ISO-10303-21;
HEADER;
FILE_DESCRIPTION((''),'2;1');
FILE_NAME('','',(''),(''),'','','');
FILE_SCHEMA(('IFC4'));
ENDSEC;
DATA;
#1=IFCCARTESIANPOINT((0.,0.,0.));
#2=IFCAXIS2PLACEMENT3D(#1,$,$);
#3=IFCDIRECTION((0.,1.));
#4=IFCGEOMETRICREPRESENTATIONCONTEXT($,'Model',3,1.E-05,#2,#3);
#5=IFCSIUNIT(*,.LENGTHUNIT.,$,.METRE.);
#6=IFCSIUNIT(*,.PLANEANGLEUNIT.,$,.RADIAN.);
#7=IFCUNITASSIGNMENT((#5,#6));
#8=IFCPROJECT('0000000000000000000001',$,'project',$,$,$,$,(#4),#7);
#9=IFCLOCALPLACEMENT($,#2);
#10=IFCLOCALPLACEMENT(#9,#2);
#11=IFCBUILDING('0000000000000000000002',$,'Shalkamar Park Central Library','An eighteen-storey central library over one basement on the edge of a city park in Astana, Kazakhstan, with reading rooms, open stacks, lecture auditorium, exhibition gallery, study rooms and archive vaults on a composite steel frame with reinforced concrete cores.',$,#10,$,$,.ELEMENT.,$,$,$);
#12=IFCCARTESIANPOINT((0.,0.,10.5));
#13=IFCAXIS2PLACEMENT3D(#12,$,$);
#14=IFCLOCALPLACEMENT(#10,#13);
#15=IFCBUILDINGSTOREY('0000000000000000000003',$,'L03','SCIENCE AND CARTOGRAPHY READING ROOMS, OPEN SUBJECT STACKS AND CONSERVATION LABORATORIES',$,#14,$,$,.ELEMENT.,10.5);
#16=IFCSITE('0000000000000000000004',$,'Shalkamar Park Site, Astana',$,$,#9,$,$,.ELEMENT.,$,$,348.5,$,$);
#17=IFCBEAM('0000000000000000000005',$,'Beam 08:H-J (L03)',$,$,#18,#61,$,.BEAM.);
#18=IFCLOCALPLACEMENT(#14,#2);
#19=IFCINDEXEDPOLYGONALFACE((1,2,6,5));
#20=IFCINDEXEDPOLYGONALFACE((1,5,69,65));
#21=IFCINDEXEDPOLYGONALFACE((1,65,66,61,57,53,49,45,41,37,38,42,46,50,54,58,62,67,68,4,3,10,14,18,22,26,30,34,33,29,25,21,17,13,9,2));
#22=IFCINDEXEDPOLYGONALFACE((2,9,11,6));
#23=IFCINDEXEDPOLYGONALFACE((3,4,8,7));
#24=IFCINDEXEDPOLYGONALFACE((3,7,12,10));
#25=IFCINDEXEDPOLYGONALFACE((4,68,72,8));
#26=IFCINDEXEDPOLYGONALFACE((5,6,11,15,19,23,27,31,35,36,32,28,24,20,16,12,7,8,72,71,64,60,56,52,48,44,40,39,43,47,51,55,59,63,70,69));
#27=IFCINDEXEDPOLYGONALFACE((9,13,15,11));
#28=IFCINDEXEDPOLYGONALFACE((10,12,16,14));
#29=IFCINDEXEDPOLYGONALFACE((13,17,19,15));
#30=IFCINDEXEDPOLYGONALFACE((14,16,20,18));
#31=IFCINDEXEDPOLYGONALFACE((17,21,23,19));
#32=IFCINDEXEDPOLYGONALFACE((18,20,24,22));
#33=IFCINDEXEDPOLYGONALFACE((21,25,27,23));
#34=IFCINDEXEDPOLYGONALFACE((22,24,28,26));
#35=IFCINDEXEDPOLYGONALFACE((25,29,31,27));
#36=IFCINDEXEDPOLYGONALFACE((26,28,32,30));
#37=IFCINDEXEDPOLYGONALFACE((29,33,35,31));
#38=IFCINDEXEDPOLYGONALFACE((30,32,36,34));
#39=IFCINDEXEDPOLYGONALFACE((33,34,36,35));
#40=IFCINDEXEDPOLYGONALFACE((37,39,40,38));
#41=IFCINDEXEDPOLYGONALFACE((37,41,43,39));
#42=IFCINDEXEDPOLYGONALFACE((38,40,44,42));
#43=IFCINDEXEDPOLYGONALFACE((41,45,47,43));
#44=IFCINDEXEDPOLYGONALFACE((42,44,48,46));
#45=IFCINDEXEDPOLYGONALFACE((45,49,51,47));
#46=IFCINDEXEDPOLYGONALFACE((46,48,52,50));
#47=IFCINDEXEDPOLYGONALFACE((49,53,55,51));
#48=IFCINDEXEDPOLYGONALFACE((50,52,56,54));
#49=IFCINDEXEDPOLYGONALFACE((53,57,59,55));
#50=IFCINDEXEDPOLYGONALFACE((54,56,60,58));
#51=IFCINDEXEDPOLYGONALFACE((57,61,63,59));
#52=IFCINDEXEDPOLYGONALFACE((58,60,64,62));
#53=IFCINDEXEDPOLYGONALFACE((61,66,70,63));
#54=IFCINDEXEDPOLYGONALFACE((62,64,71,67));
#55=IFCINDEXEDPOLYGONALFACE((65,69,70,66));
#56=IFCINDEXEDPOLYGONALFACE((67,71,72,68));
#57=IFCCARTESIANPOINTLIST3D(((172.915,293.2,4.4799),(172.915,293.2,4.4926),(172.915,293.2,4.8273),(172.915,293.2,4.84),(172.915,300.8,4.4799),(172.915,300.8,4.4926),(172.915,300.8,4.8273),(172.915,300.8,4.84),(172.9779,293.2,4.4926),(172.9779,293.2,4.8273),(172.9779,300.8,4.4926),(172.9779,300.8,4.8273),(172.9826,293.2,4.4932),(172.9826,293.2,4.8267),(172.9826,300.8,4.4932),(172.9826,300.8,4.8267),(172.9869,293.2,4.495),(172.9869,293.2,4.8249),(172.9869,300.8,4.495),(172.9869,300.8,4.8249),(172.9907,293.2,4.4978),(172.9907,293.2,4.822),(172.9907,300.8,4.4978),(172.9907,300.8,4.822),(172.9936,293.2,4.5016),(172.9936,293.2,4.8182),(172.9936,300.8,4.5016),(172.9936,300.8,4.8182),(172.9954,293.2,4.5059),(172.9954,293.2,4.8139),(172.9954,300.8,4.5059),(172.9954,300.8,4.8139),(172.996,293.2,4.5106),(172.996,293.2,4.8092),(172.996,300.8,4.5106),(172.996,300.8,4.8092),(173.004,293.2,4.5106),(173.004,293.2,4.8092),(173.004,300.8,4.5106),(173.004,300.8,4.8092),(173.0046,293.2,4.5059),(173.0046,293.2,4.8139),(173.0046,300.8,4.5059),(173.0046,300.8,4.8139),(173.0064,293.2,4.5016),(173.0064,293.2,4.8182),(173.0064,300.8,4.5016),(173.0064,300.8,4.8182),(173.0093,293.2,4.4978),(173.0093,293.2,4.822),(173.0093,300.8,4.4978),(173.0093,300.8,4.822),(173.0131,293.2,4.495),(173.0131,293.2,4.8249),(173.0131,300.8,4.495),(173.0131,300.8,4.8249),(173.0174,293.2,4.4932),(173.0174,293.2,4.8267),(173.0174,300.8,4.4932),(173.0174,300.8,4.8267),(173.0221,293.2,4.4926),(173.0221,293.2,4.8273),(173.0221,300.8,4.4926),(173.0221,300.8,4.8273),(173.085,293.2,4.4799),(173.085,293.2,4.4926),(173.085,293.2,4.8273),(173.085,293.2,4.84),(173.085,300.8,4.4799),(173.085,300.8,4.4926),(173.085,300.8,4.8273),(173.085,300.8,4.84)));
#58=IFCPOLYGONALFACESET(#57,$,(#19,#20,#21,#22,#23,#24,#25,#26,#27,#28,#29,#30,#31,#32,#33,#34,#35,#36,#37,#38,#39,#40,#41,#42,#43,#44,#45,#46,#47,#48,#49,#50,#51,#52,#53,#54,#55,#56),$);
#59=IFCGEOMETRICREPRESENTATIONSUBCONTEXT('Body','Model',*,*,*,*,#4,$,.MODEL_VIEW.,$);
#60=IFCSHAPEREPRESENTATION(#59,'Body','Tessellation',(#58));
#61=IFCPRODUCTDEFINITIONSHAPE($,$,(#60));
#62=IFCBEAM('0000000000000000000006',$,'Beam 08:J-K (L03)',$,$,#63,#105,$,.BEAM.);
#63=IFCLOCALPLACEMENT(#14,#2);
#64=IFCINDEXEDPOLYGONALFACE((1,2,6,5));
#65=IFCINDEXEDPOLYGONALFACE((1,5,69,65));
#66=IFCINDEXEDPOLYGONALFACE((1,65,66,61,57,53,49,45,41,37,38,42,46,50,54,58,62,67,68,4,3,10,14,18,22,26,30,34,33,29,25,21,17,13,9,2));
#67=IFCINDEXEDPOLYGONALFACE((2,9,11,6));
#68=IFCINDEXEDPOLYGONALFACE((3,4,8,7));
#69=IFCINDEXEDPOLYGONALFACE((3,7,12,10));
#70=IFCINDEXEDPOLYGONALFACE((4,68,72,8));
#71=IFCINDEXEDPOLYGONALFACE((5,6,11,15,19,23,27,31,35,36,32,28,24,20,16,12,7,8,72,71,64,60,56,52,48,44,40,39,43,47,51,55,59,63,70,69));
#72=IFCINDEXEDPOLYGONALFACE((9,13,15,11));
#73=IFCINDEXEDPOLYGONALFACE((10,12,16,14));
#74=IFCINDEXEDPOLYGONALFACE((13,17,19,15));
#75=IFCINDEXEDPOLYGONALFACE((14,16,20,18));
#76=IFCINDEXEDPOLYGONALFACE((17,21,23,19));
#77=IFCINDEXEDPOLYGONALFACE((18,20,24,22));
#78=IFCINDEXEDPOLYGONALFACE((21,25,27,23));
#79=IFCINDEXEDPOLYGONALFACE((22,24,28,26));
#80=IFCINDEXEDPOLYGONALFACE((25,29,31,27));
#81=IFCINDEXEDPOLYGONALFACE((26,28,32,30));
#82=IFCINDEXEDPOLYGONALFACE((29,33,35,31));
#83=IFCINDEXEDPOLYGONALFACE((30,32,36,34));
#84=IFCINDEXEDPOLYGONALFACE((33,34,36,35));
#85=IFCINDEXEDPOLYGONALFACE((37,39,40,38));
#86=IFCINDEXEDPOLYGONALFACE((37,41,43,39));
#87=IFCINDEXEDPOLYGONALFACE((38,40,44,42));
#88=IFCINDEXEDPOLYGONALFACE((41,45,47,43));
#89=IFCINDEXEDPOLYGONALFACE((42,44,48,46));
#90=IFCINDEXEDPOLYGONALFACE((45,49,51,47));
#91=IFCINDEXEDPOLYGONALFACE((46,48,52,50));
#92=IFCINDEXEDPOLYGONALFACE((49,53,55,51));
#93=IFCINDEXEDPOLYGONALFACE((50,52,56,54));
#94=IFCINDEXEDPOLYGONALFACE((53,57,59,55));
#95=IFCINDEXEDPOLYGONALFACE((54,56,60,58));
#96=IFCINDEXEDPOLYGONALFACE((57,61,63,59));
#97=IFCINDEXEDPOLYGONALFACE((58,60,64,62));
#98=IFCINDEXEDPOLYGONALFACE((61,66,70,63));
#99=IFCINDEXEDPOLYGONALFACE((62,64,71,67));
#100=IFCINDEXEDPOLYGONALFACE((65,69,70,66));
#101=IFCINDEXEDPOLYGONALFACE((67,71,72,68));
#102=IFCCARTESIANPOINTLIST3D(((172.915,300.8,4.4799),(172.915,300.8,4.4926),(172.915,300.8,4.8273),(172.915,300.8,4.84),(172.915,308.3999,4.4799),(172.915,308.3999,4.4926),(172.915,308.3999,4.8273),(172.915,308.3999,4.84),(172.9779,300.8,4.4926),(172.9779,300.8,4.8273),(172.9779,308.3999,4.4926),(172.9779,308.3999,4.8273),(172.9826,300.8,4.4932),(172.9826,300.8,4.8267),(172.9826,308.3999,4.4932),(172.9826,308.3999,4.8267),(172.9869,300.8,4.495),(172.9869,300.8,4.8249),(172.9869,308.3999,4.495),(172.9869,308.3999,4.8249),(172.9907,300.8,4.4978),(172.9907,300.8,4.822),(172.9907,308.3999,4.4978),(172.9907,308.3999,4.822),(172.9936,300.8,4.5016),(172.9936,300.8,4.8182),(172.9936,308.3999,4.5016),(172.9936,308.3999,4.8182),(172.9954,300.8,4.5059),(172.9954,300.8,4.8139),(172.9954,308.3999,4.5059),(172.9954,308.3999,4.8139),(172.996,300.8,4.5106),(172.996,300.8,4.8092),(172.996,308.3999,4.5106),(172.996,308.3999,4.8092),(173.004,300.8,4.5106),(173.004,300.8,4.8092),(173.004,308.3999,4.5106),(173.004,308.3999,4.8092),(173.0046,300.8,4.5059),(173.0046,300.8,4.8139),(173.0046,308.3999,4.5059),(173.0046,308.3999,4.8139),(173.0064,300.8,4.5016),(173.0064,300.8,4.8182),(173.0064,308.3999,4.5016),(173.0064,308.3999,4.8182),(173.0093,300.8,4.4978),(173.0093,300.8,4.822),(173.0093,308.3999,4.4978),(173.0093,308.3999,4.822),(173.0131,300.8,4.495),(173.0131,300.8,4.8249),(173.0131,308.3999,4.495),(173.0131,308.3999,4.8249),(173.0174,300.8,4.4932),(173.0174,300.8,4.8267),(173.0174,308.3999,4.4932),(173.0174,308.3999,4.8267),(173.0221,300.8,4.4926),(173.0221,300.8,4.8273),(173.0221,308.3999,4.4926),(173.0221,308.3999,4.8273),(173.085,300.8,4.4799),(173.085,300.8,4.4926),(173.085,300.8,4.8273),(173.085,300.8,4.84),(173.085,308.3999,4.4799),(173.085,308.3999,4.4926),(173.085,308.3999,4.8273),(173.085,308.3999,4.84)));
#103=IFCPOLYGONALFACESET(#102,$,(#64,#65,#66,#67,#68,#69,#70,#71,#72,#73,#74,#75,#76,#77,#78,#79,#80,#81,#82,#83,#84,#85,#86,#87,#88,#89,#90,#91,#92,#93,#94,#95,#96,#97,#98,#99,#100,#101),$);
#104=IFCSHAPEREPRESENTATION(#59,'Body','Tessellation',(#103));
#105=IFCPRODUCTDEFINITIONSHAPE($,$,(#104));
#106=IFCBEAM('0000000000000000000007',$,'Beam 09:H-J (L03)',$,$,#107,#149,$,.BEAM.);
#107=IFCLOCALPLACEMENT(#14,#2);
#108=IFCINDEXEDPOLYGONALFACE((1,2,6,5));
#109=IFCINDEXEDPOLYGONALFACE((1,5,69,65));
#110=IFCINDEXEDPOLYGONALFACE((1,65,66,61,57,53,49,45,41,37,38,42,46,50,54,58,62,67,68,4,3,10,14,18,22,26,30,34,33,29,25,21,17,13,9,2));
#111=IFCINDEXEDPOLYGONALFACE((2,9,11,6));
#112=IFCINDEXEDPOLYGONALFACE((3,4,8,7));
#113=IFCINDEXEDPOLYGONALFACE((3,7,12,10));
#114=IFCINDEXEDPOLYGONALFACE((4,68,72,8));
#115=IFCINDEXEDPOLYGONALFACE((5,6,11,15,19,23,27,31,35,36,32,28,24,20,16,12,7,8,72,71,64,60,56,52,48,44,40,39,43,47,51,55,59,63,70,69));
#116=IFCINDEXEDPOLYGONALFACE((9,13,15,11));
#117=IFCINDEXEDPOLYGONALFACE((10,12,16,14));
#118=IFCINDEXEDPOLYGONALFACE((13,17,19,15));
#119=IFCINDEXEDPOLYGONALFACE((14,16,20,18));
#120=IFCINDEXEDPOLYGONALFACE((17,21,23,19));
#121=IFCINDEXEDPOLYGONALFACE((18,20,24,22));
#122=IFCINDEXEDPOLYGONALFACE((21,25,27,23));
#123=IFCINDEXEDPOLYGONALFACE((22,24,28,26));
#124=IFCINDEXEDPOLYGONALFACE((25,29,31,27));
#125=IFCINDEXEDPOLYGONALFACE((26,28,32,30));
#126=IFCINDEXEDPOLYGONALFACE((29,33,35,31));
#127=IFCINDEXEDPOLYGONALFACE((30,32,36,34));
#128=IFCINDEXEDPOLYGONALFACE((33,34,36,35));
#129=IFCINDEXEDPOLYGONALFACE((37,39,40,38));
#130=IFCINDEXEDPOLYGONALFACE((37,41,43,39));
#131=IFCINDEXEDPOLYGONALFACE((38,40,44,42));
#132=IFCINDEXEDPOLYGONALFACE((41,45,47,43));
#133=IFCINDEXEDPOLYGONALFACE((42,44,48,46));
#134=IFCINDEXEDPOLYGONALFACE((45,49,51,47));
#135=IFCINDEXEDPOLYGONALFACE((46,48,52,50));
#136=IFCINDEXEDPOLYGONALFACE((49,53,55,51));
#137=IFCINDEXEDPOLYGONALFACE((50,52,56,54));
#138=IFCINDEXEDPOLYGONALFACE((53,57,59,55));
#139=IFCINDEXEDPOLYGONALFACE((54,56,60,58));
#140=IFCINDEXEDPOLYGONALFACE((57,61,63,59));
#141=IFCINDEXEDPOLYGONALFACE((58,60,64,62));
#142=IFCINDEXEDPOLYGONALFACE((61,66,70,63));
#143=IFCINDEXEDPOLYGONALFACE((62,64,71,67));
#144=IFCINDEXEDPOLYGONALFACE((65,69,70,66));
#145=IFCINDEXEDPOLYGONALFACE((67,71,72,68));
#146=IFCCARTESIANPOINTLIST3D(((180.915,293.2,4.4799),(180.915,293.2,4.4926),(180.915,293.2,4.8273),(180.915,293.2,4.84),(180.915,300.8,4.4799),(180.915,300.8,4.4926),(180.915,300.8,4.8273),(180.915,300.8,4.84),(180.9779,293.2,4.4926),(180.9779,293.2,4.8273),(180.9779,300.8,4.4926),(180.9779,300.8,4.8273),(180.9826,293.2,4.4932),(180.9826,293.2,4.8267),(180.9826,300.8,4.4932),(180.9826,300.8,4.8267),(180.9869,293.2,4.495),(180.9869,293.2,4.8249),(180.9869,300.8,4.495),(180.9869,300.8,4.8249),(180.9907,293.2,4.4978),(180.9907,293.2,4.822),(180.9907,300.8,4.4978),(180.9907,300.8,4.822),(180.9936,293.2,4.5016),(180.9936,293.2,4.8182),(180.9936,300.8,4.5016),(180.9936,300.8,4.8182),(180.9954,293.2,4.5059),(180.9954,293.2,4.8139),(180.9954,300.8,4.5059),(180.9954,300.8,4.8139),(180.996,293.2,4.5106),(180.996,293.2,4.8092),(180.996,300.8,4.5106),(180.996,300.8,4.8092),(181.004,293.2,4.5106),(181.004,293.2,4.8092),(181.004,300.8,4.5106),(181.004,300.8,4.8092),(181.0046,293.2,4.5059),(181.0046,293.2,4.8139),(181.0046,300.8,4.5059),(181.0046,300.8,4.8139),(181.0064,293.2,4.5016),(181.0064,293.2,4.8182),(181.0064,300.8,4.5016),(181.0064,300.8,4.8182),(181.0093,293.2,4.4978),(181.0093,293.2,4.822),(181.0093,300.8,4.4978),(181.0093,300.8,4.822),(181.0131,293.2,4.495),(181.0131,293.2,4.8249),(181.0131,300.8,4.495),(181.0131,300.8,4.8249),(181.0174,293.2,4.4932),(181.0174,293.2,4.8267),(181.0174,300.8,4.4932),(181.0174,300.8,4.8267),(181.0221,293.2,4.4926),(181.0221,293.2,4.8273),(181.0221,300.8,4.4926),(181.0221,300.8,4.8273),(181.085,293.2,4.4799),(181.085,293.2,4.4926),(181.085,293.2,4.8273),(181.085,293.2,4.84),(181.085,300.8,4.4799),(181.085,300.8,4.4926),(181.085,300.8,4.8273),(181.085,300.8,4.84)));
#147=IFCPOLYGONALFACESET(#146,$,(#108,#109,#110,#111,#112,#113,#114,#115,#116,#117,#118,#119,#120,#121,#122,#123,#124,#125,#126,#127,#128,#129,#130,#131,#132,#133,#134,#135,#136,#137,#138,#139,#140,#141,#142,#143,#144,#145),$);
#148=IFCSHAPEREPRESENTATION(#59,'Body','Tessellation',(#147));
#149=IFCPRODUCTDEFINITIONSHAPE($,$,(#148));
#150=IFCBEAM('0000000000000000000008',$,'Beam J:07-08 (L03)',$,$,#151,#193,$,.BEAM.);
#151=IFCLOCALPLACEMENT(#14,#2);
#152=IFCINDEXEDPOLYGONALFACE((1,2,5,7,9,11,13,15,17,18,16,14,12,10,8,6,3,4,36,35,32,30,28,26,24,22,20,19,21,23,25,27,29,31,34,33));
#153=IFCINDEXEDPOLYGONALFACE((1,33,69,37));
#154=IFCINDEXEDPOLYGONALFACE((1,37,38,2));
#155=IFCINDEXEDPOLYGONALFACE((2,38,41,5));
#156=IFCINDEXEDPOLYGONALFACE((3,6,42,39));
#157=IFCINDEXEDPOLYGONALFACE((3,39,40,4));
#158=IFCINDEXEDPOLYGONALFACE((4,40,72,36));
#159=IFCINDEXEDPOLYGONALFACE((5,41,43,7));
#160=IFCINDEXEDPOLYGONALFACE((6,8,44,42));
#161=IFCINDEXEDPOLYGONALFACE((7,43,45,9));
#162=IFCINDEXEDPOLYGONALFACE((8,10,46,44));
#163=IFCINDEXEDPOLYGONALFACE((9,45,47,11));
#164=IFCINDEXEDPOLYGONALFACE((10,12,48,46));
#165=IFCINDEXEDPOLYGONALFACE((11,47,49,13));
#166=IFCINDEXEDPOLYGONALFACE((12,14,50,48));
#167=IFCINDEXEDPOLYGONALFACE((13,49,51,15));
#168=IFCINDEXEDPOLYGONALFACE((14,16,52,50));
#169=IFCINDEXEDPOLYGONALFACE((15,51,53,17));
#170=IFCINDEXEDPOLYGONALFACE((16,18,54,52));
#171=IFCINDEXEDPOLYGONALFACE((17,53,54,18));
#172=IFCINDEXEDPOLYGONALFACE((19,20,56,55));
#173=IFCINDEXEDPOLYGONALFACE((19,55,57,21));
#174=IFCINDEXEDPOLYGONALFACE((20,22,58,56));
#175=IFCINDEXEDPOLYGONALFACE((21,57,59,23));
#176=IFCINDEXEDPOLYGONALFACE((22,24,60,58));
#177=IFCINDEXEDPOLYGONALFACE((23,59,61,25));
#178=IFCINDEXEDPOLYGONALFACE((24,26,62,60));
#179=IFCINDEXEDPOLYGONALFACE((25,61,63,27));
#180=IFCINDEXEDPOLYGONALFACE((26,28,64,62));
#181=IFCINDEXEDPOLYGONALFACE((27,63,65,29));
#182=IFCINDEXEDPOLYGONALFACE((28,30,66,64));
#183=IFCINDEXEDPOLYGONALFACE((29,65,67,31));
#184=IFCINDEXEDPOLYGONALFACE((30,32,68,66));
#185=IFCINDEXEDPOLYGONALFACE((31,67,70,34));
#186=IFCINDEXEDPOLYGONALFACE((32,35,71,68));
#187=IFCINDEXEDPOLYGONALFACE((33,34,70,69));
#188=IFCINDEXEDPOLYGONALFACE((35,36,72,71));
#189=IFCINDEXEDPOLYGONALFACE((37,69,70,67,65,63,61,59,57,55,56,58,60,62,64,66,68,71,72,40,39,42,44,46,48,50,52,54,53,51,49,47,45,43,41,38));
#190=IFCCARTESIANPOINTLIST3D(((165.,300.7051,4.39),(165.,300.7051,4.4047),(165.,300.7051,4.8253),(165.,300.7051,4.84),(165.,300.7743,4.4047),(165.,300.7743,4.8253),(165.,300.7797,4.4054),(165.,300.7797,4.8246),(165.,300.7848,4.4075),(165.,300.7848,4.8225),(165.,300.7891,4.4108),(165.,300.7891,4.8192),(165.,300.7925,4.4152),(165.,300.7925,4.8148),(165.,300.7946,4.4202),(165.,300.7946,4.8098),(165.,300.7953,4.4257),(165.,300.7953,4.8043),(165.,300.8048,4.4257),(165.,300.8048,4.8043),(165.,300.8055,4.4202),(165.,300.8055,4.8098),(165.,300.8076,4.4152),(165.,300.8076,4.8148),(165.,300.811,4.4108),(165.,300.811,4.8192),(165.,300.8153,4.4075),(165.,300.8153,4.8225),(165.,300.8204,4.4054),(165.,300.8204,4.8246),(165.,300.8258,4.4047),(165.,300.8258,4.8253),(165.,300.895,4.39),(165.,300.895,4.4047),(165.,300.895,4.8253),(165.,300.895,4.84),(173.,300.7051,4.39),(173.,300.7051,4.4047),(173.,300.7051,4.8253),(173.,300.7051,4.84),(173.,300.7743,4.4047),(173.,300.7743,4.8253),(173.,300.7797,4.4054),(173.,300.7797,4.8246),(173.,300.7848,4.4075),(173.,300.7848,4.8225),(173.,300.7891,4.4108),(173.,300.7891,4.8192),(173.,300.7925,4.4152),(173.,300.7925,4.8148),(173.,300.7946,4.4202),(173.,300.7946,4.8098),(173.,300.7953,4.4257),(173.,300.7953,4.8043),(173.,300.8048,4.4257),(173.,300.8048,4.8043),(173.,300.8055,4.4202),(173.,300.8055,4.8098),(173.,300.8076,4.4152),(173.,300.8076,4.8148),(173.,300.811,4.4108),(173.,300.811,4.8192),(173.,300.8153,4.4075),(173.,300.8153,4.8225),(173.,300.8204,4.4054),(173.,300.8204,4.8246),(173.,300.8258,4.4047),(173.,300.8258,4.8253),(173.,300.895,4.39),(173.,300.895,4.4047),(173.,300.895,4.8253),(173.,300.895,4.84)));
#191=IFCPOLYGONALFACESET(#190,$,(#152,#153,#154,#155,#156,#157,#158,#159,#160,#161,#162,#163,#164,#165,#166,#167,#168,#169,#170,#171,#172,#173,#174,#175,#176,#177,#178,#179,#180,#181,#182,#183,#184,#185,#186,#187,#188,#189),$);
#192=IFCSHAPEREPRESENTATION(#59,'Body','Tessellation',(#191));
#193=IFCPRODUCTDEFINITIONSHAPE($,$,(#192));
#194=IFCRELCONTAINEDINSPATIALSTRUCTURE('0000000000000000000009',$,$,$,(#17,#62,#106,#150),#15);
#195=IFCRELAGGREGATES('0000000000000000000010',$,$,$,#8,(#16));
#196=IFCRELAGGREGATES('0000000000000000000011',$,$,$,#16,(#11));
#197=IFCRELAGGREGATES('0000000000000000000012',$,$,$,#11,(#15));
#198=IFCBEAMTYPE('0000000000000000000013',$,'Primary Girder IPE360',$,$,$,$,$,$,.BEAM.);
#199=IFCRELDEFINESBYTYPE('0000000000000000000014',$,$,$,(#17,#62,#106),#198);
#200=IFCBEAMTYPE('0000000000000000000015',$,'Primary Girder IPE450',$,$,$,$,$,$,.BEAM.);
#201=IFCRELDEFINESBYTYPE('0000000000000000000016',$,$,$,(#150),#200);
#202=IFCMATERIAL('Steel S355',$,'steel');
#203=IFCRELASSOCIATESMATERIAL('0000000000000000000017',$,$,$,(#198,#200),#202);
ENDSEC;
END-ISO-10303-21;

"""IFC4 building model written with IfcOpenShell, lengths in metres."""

from ifc_helpers import new_model, si_unit, direction, frame, origin, origin_2d, place, context, subcontext, project, spatial, i_section, extrude, material, material_profile, profile_set, type_object, element, save


model = new_model("IFC4")

# Units and contexts
model_context = context("Model", 3, precision=1e-05, world=origin(), true_north=direction((0.0, 1.0)))
body_context = subcontext(model_context, "Body", "Model", "MODEL_VIEW")
ifc_project = project(units=[si_unit("LENGTHUNIT", "METRE"), si_unit("PLANEANGLEUNIT", "RADIAN")], contexts=[model_context])

# Site, building, storey
site_placement = place(None, origin())
site = spatial("IfcSite", under=ifc_project, at=site_placement, Name="Shalkamar Park Site, Astana", CompositionType="ELEMENT", RefElevation=348.5)
building_placement = place(site_placement, origin())
building = spatial("IfcBuilding", under=site, at=building_placement, Name="Shalkamar Park Central Library", Description="An eighteen-storey central library over one basement on the edge of a city park in Astana, Kazakhstan, with reading rooms, open stacks, lecture auditorium, exhibition gallery, study rooms and archive vaults on a composite steel frame with reinforced concrete cores.", CompositionType="ELEMENT")
storey_placement = place(building_placement, frame((0.0, 0.0, 10.5)))
storey = spatial("IfcBuildingStorey", under=building, at=storey_placement, Name="L03", Description="SCIENCE AND CARTOGRAPHY READING ROOMS, OPEN SUBJECT STACKS AND CONSERVATION LABORATORIES", CompositionType="ELEMENT", Elevation=10.5)

# Shared definitions
ifc_material_1 = material(Name="Steel S355", Category="steel")

# Beams
ifc_material_profile_1 = material_profile(ifc_material_1, i_section(OverallWidth=0.1699, OverallDepth=0.3601, WebThickness=0.0081, FlangeThickness=0.0127, FilletRadius=0.0181, at=origin_2d()), Name="IPE 360")
ifc_profile_set_1 = profile_set([ifc_material_profile_1], Name="Steel S355")
beam_type_1 = type_object("IfcBeamType", Name="Primary Girder IPE360", PredefinedType="BEAM", material=ifc_profile_set_1)
beam_1_placement = place(storey_placement, frame((173.0, 293.2, 4.6599), z_axis=(0.0, 1.0, 0.0), x_axis=(-1.0, 0.0, 0.0)))
element("IfcBeam", 1, at=beam_1_placement, inside=storey, type_object=beam_type_1, Name="Beam 08:H-J (L03)", PredefinedType="BEAM", context=body_context, shape_type="SweptSolid", body=[
    extrude(i_section(OverallWidth=0.1699, OverallDepth=0.3601, WebThickness=0.0081, FlangeThickness=0.0127, FilletRadius=0.0181, at=origin_2d()), origin(), (0.0, 0.0, 1.0), 7.6001),
])
beam_2_placement = place(storey_placement, frame((173.0, 300.8, 4.6599), z_axis=(0.0, 1.0, 0.0), x_axis=(-1.0, 0.0, 0.0)))
element("IfcBeam", 2, at=beam_2_placement, inside=storey, type_object=beam_type_1, Name="Beam 08:J-K (L03)", PredefinedType="BEAM", context=body_context, shape_type="SweptSolid", body=[
    extrude(i_section(OverallWidth=0.1699, OverallDepth=0.3601, WebThickness=0.0081, FlangeThickness=0.0127, FilletRadius=0.0181, at=origin_2d()), origin(), (0.0, 0.0, 1.0), 7.5999),
])
beam_3_placement = place(storey_placement, frame((181.0, 293.2, 4.6599), z_axis=(0.0, 1.0, 0.0), x_axis=(-1.0, 0.0, 0.0)))
element("IfcBeam", 3, at=beam_3_placement, inside=storey, type_object=beam_type_1, Name="Beam 09:H-J (L03)", PredefinedType="BEAM", context=body_context, shape_type="SweptSolid", body=[
    extrude(i_section(OverallWidth=0.1699, OverallDepth=0.3601, WebThickness=0.0081, FlangeThickness=0.0127, FilletRadius=0.0181, at=origin_2d()), origin(), (0.0, 0.0, 1.0), 7.6001),
])
ifc_material_profile_2 = material_profile(ifc_material_1, i_section(OverallWidth=0.1899, OverallDepth=0.45, WebThickness=0.0095, FlangeThickness=0.0146, FilletRadius=0.021, at=origin_2d()), Name="IPE 450")
ifc_profile_set_2 = profile_set([ifc_material_profile_2], Name="Steel S355")
beam_type_2 = type_object("IfcBeamType", Name="Primary Girder IPE450", PredefinedType="BEAM", material=ifc_profile_set_2)
for number, where, z_axis, x_axis, name in (
    (4, (165.0, 300.8, 4.615), (1.0, 0.0, 0.0), (0.0, 1.0, 0.0), "Beam J:07-08 (L03)"),
):
    element("IfcBeam", number, at=place(storey_placement, frame(where, z_axis=z_axis, x_axis=x_axis)), inside=storey, type_object=beam_type_2, Name=name, PredefinedType="BEAM", context=body_context, shape_type="SweptSolid", body=[
        extrude(i_section(OverallWidth=0.1899, OverallDepth=0.45, WebThickness=0.0095, FlangeThickness=0.0146, FilletRadius=0.021, at=origin_2d()), origin(), (0.0, 0.0, 1.0), 8.0),
    ])

save(model, "model.ifc")
